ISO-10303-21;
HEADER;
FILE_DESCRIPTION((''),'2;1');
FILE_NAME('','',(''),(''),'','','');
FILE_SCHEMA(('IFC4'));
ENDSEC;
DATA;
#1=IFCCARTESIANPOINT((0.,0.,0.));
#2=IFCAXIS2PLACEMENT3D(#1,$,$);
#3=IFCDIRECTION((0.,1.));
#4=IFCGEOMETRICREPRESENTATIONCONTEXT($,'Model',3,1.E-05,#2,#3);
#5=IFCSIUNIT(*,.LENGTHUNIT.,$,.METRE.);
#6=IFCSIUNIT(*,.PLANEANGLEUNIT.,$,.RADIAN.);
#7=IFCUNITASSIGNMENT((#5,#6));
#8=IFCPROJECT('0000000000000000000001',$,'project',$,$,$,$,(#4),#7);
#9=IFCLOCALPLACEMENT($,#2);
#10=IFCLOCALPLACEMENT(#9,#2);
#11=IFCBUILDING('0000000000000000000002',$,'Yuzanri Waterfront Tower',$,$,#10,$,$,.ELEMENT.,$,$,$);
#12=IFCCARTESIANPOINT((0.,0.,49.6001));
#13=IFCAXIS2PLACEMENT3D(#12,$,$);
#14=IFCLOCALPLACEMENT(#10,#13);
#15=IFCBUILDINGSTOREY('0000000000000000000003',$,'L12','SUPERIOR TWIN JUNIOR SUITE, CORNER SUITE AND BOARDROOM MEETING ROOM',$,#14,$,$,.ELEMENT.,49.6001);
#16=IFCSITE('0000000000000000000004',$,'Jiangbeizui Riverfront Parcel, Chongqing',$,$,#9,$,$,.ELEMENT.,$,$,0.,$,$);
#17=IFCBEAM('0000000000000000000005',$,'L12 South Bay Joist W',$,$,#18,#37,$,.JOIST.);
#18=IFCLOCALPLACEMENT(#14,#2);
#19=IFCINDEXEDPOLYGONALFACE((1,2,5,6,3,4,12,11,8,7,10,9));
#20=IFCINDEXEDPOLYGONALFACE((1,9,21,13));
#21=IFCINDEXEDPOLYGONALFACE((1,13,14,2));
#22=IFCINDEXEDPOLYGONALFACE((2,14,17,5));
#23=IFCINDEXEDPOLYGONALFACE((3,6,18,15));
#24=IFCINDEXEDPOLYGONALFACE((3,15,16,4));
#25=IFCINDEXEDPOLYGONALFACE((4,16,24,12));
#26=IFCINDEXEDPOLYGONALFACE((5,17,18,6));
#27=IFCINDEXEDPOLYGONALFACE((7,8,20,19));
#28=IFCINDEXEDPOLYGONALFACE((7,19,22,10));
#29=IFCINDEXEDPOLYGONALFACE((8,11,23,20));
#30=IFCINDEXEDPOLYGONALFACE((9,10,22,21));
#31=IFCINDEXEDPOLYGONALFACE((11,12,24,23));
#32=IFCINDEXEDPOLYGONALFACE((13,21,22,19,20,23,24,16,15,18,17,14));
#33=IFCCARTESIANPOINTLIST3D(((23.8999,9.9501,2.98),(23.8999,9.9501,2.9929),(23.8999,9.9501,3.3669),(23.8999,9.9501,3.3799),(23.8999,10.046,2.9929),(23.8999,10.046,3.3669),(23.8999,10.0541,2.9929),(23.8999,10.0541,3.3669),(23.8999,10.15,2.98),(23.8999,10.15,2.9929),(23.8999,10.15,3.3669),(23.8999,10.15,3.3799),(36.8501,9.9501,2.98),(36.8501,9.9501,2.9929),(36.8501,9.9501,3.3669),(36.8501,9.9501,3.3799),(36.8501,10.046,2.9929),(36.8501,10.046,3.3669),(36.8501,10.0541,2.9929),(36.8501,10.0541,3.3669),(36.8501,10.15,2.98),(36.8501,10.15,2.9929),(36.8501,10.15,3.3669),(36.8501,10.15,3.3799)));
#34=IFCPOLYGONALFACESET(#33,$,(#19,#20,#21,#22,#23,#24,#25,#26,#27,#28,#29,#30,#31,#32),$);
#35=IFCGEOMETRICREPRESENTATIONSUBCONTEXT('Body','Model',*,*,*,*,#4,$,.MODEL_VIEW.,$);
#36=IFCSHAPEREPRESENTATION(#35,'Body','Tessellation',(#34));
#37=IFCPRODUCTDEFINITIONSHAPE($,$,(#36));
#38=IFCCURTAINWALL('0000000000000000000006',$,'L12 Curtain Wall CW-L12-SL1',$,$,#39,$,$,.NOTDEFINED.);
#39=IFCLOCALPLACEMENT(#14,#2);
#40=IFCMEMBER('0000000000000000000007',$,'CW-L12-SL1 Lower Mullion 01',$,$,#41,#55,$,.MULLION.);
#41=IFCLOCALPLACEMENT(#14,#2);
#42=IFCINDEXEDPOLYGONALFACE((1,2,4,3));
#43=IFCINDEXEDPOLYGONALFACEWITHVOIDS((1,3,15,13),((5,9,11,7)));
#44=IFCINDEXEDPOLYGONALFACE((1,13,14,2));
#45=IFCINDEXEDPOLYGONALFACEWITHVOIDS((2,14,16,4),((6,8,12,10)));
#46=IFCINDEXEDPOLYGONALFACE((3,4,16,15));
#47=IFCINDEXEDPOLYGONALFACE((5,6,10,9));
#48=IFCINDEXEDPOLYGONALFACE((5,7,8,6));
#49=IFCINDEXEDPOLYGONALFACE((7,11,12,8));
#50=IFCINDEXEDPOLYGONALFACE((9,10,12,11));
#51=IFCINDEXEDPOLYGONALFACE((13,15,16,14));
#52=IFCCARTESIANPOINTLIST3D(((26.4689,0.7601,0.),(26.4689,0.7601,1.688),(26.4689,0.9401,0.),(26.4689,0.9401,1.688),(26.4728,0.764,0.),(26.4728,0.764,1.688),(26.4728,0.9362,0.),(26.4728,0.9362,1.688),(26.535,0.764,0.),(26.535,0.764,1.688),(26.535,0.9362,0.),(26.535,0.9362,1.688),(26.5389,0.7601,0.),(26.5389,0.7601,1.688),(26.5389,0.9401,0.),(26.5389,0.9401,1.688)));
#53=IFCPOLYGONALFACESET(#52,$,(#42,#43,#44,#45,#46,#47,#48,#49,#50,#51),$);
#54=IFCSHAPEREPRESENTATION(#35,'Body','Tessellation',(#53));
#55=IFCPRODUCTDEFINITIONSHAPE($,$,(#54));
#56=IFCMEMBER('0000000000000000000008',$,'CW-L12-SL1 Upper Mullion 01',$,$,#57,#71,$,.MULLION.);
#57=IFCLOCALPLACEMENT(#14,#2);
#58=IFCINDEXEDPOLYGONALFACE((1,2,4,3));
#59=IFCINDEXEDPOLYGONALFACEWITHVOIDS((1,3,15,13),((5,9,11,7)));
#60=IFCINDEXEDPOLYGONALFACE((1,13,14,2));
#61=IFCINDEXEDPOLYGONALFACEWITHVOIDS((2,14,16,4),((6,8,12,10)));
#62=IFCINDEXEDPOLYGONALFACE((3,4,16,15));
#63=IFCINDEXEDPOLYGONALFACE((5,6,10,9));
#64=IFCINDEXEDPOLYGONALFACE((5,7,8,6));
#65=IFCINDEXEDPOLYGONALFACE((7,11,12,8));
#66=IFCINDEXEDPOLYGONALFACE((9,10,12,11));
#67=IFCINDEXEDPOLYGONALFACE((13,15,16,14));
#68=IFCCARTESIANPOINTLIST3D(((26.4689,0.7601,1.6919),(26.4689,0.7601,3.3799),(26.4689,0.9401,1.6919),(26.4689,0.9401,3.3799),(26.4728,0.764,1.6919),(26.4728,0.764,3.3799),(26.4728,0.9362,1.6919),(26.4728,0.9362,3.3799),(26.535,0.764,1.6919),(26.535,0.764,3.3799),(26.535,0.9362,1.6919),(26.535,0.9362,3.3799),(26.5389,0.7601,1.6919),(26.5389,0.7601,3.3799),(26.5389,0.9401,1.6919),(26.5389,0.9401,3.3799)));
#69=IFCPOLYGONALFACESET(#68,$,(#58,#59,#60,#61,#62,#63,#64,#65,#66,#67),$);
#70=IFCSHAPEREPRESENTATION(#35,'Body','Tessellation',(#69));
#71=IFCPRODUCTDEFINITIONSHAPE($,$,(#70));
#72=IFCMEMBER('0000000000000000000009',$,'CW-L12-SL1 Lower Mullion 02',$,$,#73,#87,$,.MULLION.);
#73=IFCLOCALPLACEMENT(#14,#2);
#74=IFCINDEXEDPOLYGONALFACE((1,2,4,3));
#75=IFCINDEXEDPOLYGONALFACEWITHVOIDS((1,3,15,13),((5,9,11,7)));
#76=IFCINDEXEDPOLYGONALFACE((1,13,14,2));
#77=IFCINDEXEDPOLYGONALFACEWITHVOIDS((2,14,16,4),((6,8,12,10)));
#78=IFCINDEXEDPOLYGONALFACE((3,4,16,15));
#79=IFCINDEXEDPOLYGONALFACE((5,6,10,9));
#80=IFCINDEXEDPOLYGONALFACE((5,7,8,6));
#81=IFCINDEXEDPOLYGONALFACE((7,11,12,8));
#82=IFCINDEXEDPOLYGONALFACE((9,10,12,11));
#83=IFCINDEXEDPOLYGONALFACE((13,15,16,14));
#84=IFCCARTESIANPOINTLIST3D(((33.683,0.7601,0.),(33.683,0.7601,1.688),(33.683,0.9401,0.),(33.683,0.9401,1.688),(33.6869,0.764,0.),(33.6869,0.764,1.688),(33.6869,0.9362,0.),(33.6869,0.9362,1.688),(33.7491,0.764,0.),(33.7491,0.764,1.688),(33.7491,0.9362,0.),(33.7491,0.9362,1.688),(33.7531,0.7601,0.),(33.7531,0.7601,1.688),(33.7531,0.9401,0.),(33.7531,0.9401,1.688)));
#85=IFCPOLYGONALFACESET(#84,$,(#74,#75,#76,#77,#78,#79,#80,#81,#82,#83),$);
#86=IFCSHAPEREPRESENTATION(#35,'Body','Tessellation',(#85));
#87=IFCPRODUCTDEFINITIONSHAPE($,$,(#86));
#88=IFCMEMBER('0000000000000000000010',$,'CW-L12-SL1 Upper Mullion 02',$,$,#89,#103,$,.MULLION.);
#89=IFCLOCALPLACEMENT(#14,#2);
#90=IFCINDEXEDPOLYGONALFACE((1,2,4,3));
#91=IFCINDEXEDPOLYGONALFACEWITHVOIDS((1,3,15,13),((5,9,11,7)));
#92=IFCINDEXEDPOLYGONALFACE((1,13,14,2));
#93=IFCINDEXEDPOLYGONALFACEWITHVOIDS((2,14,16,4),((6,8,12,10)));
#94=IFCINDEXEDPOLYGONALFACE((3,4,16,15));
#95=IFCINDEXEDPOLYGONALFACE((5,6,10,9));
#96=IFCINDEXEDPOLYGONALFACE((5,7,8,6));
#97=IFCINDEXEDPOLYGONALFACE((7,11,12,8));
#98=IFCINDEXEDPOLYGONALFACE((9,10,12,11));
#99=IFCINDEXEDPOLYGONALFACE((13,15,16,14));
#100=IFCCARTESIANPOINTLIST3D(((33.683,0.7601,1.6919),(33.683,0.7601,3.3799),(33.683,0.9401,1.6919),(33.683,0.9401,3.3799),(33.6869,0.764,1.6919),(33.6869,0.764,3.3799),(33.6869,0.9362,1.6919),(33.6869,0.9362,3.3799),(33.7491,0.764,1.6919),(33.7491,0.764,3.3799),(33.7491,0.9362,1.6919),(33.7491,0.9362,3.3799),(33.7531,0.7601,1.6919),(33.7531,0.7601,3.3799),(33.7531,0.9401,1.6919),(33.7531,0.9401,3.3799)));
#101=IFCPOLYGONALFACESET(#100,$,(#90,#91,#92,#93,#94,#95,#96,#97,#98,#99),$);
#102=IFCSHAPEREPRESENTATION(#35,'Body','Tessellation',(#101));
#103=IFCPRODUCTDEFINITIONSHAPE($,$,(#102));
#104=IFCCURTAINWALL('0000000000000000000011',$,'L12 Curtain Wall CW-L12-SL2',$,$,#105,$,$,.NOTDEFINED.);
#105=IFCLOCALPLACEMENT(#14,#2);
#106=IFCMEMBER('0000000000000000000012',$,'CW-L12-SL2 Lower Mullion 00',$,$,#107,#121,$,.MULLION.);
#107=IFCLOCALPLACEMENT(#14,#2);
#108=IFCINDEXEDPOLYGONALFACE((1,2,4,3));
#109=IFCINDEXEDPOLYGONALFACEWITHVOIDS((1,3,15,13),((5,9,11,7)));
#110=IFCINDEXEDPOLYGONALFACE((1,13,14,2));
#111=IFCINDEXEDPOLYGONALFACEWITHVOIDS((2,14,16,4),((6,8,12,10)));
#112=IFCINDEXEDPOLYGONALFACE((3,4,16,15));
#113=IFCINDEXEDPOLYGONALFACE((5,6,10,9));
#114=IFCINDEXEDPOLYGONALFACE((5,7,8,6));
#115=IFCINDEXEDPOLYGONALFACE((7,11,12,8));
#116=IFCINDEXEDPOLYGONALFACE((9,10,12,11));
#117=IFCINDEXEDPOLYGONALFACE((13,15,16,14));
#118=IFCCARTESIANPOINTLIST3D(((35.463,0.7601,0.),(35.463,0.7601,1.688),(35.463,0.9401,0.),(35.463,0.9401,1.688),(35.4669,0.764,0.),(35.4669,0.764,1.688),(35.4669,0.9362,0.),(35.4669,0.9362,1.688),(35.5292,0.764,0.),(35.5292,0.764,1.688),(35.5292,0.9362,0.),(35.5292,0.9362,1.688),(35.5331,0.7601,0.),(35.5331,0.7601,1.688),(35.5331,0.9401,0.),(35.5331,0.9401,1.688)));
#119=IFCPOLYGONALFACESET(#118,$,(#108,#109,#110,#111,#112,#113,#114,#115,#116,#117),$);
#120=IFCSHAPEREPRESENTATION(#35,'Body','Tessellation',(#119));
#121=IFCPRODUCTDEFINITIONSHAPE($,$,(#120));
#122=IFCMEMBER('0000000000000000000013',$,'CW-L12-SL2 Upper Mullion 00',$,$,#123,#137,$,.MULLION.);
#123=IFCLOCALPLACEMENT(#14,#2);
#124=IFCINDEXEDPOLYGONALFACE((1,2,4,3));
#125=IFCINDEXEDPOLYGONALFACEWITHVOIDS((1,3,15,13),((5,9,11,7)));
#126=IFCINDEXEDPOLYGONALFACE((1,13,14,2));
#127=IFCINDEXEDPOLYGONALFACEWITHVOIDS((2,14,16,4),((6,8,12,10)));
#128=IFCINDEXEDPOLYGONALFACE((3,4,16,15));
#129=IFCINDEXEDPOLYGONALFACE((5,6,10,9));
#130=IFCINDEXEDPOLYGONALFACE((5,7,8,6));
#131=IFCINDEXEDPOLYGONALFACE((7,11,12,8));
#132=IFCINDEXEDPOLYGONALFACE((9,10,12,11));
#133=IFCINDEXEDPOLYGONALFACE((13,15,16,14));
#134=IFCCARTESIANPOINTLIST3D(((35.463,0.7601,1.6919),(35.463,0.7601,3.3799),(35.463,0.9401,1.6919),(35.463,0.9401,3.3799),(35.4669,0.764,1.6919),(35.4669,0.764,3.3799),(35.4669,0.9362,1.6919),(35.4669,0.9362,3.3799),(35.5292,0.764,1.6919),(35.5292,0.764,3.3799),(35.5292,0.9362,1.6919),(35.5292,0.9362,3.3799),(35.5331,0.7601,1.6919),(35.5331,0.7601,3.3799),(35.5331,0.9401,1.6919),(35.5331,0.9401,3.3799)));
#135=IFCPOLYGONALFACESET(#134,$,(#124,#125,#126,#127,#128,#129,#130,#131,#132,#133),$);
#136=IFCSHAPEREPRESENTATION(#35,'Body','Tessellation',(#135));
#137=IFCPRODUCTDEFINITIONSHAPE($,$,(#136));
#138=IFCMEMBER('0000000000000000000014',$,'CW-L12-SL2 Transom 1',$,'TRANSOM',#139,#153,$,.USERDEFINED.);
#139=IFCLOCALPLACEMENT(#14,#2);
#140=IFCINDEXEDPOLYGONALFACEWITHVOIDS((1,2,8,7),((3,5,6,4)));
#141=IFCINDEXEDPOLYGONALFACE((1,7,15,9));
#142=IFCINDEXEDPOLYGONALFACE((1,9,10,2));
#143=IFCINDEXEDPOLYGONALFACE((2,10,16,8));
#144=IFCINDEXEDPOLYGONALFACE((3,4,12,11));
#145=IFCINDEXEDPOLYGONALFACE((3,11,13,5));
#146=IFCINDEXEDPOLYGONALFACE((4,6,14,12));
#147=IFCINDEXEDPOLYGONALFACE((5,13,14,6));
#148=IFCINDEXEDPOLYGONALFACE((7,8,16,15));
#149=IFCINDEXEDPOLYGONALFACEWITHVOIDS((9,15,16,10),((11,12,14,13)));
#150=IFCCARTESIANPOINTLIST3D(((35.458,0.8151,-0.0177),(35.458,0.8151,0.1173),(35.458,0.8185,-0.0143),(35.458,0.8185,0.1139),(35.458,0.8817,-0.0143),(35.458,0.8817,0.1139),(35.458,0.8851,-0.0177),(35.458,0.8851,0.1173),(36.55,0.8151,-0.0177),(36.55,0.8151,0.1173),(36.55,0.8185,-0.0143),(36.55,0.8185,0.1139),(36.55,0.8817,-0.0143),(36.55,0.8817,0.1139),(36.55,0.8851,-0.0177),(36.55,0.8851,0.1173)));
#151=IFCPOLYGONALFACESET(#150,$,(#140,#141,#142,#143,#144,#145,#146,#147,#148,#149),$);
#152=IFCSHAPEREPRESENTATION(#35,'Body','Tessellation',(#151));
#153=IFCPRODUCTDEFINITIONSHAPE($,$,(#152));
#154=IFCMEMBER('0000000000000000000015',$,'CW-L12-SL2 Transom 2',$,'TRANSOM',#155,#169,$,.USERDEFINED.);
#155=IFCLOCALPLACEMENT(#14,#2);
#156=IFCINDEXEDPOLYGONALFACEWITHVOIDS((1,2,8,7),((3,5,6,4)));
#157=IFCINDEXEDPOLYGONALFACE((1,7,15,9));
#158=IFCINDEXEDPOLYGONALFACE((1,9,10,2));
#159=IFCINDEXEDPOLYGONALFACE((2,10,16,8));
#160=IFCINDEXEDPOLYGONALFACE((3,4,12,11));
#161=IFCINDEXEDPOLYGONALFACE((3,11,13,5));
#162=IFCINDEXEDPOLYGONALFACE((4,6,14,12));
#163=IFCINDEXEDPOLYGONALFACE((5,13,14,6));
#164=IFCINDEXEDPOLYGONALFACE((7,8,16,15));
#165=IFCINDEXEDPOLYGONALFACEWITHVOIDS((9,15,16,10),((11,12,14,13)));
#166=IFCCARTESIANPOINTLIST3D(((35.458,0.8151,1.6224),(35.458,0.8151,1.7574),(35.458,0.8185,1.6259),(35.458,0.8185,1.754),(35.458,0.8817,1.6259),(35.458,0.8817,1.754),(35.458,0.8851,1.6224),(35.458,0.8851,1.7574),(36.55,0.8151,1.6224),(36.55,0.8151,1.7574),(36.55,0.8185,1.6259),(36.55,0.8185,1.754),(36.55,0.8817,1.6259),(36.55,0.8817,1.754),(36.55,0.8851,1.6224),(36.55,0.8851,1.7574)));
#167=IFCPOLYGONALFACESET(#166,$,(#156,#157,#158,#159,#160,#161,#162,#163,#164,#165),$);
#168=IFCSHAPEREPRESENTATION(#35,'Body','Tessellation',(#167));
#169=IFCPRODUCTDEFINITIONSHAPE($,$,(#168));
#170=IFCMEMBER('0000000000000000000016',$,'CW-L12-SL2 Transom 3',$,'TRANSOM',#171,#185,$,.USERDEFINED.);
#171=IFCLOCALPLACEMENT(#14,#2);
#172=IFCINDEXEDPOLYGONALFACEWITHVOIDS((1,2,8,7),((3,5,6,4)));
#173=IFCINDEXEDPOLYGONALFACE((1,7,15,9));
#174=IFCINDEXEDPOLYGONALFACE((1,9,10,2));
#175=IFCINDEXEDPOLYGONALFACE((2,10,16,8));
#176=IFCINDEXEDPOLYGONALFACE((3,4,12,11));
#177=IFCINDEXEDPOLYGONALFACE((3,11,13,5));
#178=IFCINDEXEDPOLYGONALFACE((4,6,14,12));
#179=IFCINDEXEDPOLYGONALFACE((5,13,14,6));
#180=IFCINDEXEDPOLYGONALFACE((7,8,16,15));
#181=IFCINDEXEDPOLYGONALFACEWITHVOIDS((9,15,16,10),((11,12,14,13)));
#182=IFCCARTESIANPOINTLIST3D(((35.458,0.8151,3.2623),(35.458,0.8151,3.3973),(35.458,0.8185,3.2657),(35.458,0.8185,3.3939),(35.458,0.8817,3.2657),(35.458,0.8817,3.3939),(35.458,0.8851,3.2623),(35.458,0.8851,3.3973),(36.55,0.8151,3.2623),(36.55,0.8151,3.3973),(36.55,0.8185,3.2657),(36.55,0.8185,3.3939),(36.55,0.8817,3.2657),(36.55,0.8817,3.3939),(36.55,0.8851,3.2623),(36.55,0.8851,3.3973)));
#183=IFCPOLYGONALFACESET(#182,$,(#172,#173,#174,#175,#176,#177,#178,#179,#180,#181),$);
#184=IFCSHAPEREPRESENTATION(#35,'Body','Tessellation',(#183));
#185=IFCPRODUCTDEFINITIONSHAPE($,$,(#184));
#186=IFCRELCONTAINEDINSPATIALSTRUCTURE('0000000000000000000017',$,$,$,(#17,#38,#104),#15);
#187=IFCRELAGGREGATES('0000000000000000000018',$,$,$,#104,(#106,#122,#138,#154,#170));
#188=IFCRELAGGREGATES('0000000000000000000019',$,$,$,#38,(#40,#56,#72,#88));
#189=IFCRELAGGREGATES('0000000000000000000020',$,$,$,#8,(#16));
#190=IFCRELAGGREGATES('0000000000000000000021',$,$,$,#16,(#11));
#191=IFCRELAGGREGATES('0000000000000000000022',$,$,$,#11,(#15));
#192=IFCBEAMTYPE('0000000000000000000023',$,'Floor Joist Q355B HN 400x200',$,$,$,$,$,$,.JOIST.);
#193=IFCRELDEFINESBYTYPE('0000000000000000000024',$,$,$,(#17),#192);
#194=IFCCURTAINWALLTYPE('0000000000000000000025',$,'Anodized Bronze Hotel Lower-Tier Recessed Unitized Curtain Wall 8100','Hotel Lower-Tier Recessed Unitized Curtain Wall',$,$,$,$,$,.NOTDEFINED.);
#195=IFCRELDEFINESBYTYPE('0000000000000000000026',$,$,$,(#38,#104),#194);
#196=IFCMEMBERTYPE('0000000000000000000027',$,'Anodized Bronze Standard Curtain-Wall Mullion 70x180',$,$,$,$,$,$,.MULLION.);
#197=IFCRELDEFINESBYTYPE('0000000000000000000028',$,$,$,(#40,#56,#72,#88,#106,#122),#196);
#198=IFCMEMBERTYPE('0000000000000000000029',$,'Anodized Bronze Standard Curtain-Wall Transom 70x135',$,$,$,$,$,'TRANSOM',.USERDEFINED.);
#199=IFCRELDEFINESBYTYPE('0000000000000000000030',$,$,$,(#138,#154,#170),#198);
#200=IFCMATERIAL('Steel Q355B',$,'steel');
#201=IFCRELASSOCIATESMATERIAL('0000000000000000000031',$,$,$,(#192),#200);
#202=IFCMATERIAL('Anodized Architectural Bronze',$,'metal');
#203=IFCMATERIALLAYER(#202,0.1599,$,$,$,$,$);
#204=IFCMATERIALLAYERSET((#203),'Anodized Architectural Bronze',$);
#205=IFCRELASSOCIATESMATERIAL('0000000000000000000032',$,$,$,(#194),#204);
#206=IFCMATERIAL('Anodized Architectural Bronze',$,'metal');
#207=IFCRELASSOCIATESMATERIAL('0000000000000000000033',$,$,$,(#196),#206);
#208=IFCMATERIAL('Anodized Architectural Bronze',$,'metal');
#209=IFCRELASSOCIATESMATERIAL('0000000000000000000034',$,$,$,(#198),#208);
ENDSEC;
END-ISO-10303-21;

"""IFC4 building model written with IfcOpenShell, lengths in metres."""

from ifc_helpers import new_model, si_unit, direction, frame, origin, origin_2d, place, context, subcontext, project, spatial, hollow_rectangle, i_section, extrude, source, transform, mapped, material, layer, layer_set, material_profile, profile_set, type_object, element, aggregate, save


model = new_model("IFC4")

# Units and contexts
model_context = context("Model", 3, precision=1e-05, world=origin(), true_north=direction((0.0, 1.0)))
body_context = subcontext(model_context, "Body", "Model", "MODEL_VIEW")
ifc_project = project(units=[si_unit("LENGTHUNIT", "METRE"), si_unit("PLANEANGLEUNIT", "RADIAN")], contexts=[model_context])

# Site, building, storey
site_placement = place(None, origin())
site = spatial("IfcSite", under=ifc_project, at=site_placement, Name="Jiangbeizui Riverfront Parcel, Chongqing", CompositionType="ELEMENT", RefElevation=0.0)
building_placement = place(site_placement, origin())
building = spatial("IfcBuilding", under=site, at=building_placement, Name="Yuzanri Waterfront Tower", CompositionType="ELEMENT")
storey_placement = place(building_placement, frame((0.0, 0.0, 49.6001)))
storey = spatial("IfcBuildingStorey", under=building, at=storey_placement, Name="L12", Description="SUPERIOR TWIN JUNIOR SUITE, CORNER SUITE AND BOARDROOM MEETING ROOM", CompositionType="ELEMENT", Elevation=49.6001)

# Beam
ifc_material_1 = material(Name="Steel Q355B", Category="steel")
ifc_material_profile_1 = material_profile(ifc_material_1, i_section(OverallWidth=0.2, OverallDepth=0.3999, WebThickness=0.0081, FlangeThickness=0.0129, at=origin_2d()), Name="HN 400x200x8x13")
ifc_profile_set_1 = profile_set([ifc_material_profile_1], Name="Steel Q355B")
beam_type = type_object("IfcBeamType", Name="Floor Joist Q355B HN 400x200", PredefinedType="JOIST", material=ifc_profile_set_1)
shared_shape_1 = source(origin(), body_context, "Body", "SweptSolid", [
    extrude(i_section(OverallWidth=0.2, OverallDepth=0.3999, WebThickness=0.0081, FlangeThickness=0.0129, at=origin_2d()), origin(), (0.0, 0.0, 1.0), 12.9502),
])
beam_placement = place(storey_placement, frame((23.8999, 10.05, 3.1799), z_axis=(1.0, 0.0, 0.0), x_axis=(0.0, 1.0, 0.0)))
element("IfcBeam", 1, at=beam_placement, inside=storey, type_object=beam_type, Name="L12 South Bay Joist W", PredefinedType="JOIST", context=body_context, shape_type="MappedRepresentation", body=[
    mapped(shared_shape_1, transform((0.0, 0.0, 0.0), scale=1.0)),
])

# Curtain walls, members
ifc_material_2 = material(Name="Anodized Architectural Bronze", Category="metal")
ifc_layer_1 = layer(ifc_material_2, 0.1599)
ifc_layer_set_1 = layer_set([ifc_layer_1], Name="Anodized Architectural Bronze")
curtain_wall_type = type_object("IfcCurtainWallType", Name="Anodized Bronze Hotel Lower-Tier Recessed Unitized Curtain Wall 8100", Description="Hotel Lower-Tier Recessed Unitized Curtain Wall", PredefinedType="NOTDEFINED", material=ifc_layer_set_1)
curtain_wall_1_placement = place(storey_placement, origin())
curtain_wall_1 = element("IfcCurtainWall", 2, at=curtain_wall_1_placement, inside=storey, type_object=curtain_wall_type, Name="L12 Curtain Wall CW-L12-SL1", PredefinedType="NOTDEFINED")
ifc_material_3 = material(Name="Anodized Architectural Bronze", Category="metal")
ifc_material_profile_2 = material_profile(ifc_material_3, hollow_rectangle(XDim=0.0701, YDim=0.1799, WallThickness=0.0039, at=origin_2d()), Name="CWM 70x180")
ifc_profile_set_2 = profile_set([ifc_material_profile_2], Name="Anodized Architectural Bronze")
member_type_1 = type_object("IfcMemberType", Name="Anodized Bronze Standard Curtain-Wall Mullion 70x180", PredefinedType="MULLION", material=ifc_profile_set_2)
shared_shape_2 = source(origin(), body_context, "Body", "SweptSolid", [
    extrude(hollow_rectangle(XDim=0.0701, YDim=0.1799, WallThickness=0.0039, at=origin_2d()), origin(), (0.0, 0.0, 1.0), 1.688),
])
member_1_placement = place(storey_placement, frame((26.5039, 0.8501, 0.0), z_axis=(0.0, 0.0, 1.0), x_axis=(1.0, 0.0, 0.0)))
member_1 = element("IfcMember", 3, at=member_1_placement, type_object=member_type_1, Name="CW-L12-SL1 Lower Mullion 01", PredefinedType="MULLION", context=body_context, shape_type="MappedRepresentation", body=[
    mapped(shared_shape_2, transform((0.0, 0.0, 0.0), scale=1.0)),
])
member_2_placement = place(storey_placement, frame((26.5039, 0.8501, 1.6919), z_axis=(0.0, 0.0, 1.0), x_axis=(1.0, 0.0, 0.0)))
member_2 = element("IfcMember", 4, at=member_2_placement, type_object=member_type_1, Name="CW-L12-SL1 Upper Mullion 01", PredefinedType="MULLION", context=body_context, shape_type="MappedRepresentation", body=[
    mapped(shared_shape_2, transform((0.0, 0.0, 0.0), scale=1.0)),
])
member_3_placement = place(storey_placement, frame((33.718, 0.8501, 0.0), z_axis=(0.0, 0.0, 1.0), x_axis=(1.0, 0.0, 0.0)))
member_3 = element("IfcMember", 5, at=member_3_placement, type_object=member_type_1, Name="CW-L12-SL1 Lower Mullion 02", PredefinedType="MULLION", context=body_context, shape_type="MappedRepresentation", body=[
    mapped(shared_shape_2, transform((0.0, 0.0, 0.0), scale=1.0)),
])
member_4_placement = place(storey_placement, frame((33.718, 0.8501, 1.6919), z_axis=(0.0, 0.0, 1.0), x_axis=(1.0, 0.0, 0.0)))
member_4 = element("IfcMember", 6, at=member_4_placement, type_object=member_type_1, Name="CW-L12-SL1 Upper Mullion 02", PredefinedType="MULLION", context=body_context, shape_type="MappedRepresentation", body=[
    mapped(shared_shape_2, transform((0.0, 0.0, 0.0), scale=1.0)),
])
curtain_wall_2_placement = place(storey_placement, origin())
curtain_wall_2 = element("IfcCurtainWall", 7, at=curtain_wall_2_placement, inside=storey, type_object=curtain_wall_type, Name="L12 Curtain Wall CW-L12-SL2", PredefinedType="NOTDEFINED")
member_5_placement = place(storey_placement, frame((35.498, 0.8501, 0.0), z_axis=(0.0, 0.0, 1.0), x_axis=(1.0, 0.0, 0.0)))
member_5 = element("IfcMember", 8, at=member_5_placement, type_object=member_type_1, Name="CW-L12-SL2 Lower Mullion 00", PredefinedType="MULLION", context=body_context, shape_type="MappedRepresentation", body=[
    mapped(shared_shape_2, transform((0.0, 0.0, 0.0), scale=1.0)),
])
member_6_placement = place(storey_placement, frame((35.498, 0.8501, 1.6919), z_axis=(0.0, 0.0, 1.0), x_axis=(1.0, 0.0, 0.0)))
member_6 = element("IfcMember", 9, at=member_6_placement, type_object=member_type_1, Name="CW-L12-SL2 Upper Mullion 00", PredefinedType="MULLION", context=body_context, shape_type="MappedRepresentation", body=[
    mapped(shared_shape_2, transform((0.0, 0.0, 0.0), scale=1.0)),
])
ifc_material_4 = material(Name="Anodized Architectural Bronze", Category="metal")
ifc_material_profile_3 = material_profile(ifc_material_4, hollow_rectangle(XDim=0.0701, YDim=0.135, WallThickness=0.0034, at=origin_2d()), Name="CWT 70x135")
ifc_profile_set_3 = profile_set([ifc_material_profile_3], Name="Anodized Architectural Bronze")
member_type_2 = type_object("IfcMemberType", Name="Anodized Bronze Standard Curtain-Wall Transom 70x135", ElementType="TRANSOM", PredefinedType="USERDEFINED", material=ifc_profile_set_3)
shared_shape_3 = source(origin(), body_context, "Body", "SweptSolid", [
    extrude(hollow_rectangle(XDim=0.0701, YDim=0.135, WallThickness=0.0034, at=origin_2d()), origin(), (0.0, 0.0, 1.0), 1.092),
])
member_7_placement = place(storey_placement, frame((35.458, 0.8501, 0.0498), z_axis=(1.0, 0.0, 0.0), x_axis=(0.0, 1.0, 0.0)))
member_7 = element("IfcMember", 10, at=member_7_placement, type_object=member_type_2, Name="CW-L12-SL2 Transom 1", ObjectType="TRANSOM", PredefinedType="USERDEFINED", context=body_context, shape_type="MappedRepresentation", body=[
    mapped(shared_shape_3, transform((0.0, 0.0, 0.0), scale=1.0)),
])
member_8_placement = place(storey_placement, frame((35.458, 0.8501, 1.6899), z_axis=(1.0, 0.0, 0.0), x_axis=(0.0, 1.0, 0.0)))
member_8 = element("IfcMember", 11, at=member_8_placement, type_object=member_type_2, Name="CW-L12-SL2 Transom 2", ObjectType="TRANSOM", PredefinedType="USERDEFINED", context=body_context, shape_type="MappedRepresentation", body=[
    mapped(shared_shape_3, transform((0.0, 0.0, 0.0), scale=1.0)),
])
member_9_placement = place(storey_placement, frame((35.458, 0.8501, 3.3298), z_axis=(1.0, 0.0, 0.0), x_axis=(0.0, 1.0, 0.0)))
member_9 = element("IfcMember", 12, at=member_9_placement, type_object=member_type_2, Name="CW-L12-SL2 Transom 3", ObjectType="TRANSOM", PredefinedType="USERDEFINED", context=body_context, shape_type="MappedRepresentation", body=[
    mapped(shared_shape_3, transform((0.0, 0.0, 0.0), scale=1.0)),
])
aggregate(curtain_wall_2, [member_5, member_6, member_7, member_8, member_9])

aggregate(curtain_wall_1, [member_1, member_2, member_3, member_4])

save(model, "model.ifc")
